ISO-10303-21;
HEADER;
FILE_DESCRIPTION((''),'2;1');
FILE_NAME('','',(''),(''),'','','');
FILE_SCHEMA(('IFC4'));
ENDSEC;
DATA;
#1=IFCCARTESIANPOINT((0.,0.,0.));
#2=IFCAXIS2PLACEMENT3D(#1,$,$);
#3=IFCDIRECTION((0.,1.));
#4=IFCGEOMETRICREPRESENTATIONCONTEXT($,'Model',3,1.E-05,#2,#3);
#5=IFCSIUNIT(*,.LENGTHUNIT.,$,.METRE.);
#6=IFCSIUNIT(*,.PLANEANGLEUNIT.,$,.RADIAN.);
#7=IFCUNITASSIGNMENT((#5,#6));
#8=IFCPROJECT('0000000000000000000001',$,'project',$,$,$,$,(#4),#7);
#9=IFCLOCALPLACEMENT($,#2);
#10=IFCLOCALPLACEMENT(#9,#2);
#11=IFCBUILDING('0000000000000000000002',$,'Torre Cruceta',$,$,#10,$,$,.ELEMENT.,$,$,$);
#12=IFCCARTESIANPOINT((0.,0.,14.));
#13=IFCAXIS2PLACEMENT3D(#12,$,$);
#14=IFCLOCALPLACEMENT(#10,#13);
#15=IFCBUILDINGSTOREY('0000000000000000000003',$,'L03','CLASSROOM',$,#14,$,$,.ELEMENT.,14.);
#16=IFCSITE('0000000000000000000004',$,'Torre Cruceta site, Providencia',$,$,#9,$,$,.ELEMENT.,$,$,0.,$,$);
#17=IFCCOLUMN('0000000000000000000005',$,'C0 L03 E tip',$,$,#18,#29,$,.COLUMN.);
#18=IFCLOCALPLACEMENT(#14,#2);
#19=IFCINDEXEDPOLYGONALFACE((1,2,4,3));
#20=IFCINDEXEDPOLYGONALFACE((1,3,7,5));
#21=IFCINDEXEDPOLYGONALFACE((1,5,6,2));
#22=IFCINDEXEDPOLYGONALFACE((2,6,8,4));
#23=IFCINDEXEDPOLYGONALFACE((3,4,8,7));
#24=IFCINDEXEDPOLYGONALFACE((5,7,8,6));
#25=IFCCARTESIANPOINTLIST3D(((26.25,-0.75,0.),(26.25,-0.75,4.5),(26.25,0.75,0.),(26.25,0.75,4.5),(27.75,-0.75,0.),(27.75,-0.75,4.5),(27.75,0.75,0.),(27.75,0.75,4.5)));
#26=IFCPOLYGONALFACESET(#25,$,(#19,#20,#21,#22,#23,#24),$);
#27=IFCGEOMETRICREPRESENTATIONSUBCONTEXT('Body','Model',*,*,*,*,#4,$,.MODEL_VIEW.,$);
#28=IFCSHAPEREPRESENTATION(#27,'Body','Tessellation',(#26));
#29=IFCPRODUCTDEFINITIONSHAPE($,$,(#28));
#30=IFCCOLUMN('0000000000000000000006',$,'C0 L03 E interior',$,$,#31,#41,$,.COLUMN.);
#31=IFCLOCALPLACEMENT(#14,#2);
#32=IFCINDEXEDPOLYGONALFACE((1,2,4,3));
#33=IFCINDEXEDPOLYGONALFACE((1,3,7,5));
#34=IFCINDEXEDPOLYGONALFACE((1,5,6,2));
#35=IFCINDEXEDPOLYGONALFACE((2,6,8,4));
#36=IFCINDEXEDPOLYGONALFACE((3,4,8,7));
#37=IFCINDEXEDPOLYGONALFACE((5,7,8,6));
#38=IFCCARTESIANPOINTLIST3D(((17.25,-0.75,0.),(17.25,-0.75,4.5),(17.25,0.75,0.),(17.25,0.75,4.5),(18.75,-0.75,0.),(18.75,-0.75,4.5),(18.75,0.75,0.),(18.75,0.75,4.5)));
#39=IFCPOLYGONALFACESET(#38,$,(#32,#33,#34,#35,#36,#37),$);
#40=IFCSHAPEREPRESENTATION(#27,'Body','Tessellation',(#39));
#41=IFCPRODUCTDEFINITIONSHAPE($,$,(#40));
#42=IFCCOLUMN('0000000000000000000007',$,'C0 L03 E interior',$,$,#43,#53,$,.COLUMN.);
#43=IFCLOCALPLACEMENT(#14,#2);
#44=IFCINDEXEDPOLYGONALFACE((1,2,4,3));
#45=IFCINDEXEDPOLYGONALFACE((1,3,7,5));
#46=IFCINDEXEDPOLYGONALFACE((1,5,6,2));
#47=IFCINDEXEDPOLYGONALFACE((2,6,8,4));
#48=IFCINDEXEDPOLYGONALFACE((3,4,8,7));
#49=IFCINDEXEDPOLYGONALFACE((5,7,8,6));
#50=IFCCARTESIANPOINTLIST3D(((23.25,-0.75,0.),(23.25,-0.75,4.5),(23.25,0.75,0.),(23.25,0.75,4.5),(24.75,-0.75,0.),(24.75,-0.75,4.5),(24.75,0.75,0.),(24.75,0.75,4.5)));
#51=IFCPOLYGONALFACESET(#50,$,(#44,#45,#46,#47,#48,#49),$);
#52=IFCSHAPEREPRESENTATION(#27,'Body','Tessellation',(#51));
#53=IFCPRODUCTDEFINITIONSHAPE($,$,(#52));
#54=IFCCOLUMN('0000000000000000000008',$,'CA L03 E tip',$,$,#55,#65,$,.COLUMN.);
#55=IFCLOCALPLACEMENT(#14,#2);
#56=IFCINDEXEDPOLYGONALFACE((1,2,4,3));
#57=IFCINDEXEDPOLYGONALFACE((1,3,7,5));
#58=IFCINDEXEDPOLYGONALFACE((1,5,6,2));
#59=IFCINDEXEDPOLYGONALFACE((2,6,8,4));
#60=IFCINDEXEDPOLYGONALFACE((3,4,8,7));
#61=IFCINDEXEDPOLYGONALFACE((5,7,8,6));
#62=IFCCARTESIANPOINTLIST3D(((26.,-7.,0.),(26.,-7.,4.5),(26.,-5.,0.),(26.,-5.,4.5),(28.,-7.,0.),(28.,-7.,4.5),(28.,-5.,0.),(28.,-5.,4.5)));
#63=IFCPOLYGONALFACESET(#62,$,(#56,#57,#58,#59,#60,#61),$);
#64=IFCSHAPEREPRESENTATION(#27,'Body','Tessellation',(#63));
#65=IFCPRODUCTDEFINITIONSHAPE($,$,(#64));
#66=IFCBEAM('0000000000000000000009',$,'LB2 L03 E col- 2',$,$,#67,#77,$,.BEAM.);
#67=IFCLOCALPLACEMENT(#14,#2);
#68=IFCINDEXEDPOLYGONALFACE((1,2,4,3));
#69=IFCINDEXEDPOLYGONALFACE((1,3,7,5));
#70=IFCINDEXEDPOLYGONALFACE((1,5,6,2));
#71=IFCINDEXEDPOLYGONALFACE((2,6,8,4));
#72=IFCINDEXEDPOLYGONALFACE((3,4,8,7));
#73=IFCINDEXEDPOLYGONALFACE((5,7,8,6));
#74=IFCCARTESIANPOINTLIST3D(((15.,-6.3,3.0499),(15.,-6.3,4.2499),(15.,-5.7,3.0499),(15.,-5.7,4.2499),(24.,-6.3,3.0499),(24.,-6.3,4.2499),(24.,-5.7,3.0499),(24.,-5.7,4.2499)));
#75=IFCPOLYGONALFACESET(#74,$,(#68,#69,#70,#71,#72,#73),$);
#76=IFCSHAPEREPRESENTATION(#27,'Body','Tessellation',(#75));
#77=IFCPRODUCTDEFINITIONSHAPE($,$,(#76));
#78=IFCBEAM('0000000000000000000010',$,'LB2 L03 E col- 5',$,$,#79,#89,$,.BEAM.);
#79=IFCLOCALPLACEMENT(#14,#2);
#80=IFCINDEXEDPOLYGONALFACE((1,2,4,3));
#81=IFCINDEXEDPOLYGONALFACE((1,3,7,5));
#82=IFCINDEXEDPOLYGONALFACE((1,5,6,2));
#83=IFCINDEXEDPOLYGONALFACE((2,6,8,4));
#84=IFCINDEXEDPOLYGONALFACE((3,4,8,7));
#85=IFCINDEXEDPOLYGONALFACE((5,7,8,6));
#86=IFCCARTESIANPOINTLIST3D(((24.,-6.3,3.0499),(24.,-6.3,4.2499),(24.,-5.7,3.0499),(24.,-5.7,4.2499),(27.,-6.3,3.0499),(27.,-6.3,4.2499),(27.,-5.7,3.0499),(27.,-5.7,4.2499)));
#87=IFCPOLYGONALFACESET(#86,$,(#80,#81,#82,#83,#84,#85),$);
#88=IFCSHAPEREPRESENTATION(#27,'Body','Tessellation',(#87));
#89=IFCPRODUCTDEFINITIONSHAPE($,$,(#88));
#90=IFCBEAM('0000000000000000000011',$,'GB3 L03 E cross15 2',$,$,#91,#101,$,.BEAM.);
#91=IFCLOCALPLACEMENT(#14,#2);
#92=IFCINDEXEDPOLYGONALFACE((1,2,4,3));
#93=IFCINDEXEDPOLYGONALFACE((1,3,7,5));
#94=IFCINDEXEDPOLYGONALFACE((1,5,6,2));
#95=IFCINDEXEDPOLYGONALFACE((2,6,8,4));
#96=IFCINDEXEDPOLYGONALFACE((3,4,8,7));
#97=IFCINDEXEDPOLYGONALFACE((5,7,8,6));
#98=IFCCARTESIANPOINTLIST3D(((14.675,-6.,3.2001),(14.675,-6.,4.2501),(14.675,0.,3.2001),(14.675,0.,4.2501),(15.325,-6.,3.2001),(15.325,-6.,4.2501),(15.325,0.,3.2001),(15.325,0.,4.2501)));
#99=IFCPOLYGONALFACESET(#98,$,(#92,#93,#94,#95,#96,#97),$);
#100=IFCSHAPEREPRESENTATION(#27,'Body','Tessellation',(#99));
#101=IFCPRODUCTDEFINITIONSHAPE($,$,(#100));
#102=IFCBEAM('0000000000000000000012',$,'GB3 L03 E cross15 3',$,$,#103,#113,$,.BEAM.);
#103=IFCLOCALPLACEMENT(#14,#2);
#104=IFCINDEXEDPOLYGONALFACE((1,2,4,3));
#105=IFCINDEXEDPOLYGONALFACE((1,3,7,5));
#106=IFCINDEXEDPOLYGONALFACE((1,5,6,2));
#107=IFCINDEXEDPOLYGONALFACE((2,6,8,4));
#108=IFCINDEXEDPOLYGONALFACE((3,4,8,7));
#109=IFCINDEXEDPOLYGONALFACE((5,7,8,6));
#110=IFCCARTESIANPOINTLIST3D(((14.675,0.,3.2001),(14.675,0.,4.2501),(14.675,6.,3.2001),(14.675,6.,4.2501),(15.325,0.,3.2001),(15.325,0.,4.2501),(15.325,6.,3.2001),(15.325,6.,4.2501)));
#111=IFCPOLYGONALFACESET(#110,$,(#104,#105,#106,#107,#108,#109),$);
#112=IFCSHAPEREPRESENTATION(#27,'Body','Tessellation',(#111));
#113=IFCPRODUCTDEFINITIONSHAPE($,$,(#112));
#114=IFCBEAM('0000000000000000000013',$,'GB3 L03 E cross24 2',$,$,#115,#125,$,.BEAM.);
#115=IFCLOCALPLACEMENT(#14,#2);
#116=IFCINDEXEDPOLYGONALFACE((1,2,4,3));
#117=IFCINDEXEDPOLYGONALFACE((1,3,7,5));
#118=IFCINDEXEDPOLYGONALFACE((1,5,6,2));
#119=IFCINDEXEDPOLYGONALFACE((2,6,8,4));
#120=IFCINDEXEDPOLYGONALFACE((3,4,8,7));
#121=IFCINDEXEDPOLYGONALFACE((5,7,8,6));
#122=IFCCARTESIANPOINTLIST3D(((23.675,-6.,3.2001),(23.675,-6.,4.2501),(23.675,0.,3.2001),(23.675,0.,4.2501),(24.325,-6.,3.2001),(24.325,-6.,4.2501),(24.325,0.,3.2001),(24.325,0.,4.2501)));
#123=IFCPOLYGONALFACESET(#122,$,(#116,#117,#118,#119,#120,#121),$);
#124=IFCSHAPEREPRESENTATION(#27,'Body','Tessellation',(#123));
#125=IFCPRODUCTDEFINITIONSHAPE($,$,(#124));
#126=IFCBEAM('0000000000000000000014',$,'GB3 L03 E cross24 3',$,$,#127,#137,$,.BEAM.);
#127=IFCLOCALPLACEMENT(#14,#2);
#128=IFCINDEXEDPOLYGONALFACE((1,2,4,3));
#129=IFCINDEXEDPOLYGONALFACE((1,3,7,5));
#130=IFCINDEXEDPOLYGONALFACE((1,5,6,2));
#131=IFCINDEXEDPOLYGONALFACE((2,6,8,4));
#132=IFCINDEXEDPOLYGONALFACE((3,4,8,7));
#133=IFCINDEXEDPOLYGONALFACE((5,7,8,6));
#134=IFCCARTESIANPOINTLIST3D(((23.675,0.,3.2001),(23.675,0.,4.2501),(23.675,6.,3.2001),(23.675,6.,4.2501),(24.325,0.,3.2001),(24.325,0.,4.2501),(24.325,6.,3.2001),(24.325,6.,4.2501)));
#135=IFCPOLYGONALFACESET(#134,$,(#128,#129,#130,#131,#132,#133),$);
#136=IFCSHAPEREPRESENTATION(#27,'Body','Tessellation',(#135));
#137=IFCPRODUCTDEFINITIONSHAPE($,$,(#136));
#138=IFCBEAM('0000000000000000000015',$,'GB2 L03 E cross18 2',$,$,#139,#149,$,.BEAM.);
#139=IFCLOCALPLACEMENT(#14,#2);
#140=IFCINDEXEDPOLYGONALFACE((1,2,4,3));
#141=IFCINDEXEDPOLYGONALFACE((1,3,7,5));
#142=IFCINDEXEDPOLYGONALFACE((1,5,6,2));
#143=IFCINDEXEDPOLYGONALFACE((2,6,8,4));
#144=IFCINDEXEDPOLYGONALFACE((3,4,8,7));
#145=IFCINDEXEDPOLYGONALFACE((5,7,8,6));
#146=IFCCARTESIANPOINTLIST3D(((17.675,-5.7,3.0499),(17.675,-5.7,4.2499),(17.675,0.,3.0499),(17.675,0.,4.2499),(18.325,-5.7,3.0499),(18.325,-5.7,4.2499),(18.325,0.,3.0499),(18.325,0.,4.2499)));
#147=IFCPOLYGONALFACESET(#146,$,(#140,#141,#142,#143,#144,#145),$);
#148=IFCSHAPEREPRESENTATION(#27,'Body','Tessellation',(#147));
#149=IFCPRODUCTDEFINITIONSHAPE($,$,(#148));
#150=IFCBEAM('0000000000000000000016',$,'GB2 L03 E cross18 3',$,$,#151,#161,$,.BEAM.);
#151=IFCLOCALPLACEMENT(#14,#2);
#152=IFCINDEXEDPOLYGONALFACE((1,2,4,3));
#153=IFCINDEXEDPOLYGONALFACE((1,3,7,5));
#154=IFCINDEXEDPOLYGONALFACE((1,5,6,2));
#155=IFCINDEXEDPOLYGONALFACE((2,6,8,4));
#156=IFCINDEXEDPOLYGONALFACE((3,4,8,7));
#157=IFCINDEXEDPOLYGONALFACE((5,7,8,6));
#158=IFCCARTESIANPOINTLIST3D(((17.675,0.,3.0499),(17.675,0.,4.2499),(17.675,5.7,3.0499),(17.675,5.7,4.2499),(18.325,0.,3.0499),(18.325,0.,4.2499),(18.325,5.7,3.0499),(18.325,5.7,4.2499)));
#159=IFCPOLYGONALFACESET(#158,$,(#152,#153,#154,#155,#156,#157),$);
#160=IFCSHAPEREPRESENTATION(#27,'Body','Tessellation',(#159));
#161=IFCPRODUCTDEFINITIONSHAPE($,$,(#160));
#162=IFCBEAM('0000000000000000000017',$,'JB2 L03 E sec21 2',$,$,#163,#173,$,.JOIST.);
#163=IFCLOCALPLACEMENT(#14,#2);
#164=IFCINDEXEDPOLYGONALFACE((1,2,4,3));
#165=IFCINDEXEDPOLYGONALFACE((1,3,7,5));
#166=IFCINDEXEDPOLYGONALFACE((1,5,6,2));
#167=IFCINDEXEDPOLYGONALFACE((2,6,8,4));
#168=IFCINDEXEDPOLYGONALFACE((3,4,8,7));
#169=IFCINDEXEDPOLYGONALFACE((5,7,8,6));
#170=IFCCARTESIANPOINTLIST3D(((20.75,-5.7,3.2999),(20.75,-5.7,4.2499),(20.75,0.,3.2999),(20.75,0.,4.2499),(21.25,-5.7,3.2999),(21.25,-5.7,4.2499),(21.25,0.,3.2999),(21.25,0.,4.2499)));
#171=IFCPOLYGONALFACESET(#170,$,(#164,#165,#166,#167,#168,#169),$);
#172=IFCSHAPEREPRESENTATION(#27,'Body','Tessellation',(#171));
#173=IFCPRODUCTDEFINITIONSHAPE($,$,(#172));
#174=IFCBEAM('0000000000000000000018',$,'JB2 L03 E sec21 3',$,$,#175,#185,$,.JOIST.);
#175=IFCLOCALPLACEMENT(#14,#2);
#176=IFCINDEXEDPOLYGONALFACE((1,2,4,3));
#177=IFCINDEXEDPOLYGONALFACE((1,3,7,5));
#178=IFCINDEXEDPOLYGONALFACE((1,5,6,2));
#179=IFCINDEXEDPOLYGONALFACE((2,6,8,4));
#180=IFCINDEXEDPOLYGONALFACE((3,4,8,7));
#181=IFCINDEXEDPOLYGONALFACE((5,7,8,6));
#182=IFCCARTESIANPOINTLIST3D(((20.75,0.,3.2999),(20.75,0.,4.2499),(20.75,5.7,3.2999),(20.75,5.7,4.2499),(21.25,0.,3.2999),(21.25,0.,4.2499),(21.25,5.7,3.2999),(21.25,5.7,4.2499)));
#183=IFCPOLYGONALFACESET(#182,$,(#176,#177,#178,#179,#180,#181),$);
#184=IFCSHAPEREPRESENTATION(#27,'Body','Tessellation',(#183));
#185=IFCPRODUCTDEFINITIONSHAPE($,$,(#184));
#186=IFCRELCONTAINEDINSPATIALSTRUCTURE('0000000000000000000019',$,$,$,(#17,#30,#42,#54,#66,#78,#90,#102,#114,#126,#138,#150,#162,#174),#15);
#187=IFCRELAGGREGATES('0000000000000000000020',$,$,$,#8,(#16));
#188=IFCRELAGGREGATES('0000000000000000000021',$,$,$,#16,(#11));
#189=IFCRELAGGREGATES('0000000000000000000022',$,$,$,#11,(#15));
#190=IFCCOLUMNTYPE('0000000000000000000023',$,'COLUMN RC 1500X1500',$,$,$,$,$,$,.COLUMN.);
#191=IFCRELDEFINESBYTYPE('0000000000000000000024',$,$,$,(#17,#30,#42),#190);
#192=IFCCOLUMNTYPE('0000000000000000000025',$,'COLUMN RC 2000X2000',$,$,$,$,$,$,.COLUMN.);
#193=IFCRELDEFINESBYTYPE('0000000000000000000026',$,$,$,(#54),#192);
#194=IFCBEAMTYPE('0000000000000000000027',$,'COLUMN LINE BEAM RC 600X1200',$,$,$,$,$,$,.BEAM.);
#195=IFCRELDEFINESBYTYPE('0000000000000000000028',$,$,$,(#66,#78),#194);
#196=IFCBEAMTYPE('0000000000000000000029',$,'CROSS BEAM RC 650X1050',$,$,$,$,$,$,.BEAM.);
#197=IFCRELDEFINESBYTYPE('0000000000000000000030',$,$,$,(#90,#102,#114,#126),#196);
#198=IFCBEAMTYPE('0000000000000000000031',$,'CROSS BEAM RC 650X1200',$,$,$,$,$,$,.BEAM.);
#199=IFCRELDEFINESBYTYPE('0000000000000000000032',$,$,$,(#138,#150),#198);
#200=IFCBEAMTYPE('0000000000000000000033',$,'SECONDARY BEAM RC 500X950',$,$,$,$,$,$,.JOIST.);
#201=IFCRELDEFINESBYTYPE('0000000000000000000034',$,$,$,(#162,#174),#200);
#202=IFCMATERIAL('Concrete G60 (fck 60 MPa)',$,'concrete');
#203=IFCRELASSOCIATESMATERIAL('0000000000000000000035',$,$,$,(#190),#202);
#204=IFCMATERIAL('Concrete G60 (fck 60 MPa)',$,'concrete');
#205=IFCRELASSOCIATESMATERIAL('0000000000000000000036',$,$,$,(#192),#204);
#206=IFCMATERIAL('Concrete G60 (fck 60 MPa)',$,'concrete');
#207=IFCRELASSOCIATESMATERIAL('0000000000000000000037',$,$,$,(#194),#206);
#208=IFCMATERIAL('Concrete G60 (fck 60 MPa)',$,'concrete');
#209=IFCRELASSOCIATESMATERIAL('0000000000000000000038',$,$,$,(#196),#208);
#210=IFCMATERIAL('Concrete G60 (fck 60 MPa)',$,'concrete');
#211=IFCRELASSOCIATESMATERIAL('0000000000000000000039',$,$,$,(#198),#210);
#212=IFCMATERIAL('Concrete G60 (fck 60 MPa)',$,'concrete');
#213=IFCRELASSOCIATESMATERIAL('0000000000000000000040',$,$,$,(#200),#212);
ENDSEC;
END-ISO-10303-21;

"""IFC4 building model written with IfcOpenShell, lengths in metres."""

from ifc_helpers import new_model, si_unit, direction, frame, origin, origin_2d, place, context, subcontext, project, spatial, rectangle, extrude, material, material_profile, profile_set, type_object, element, save


model = new_model("IFC4")

# Units and contexts
model_context = context("Model", 3, precision=1e-05, world=origin(), true_north=direction((0.0, 1.0)))
body_context = subcontext(model_context, "Body", "Model", "MODEL_VIEW")
ifc_project = project(units=[si_unit("LENGTHUNIT", "METRE"), si_unit("PLANEANGLEUNIT", "RADIAN")], contexts=[model_context])

# Site, building, storey
site_placement = place(None, origin())
site = spatial("IfcSite", under=ifc_project, at=site_placement, Name="Torre Cruceta site, Providencia", CompositionType="ELEMENT", RefElevation=0.0)
building_placement = place(site_placement, origin())
building = spatial("IfcBuilding", under=site, at=building_placement, Name="Torre Cruceta", CompositionType="ELEMENT")
storey_placement = place(building_placement, frame((0.0, 0.0, 14.0)))
storey = spatial("IfcBuildingStorey", under=building, at=storey_placement, Name="L03", Description="CLASSROOM", CompositionType="ELEMENT", Elevation=14.0)

# Columns
ifc_material_1 = material(Name="Concrete G60 (fck 60 MPa)", Category="concrete")
ifc_material_profile_1 = material_profile(ifc_material_1, rectangle(XDim=1.5, YDim=1.5, at=origin_2d()), Name="RC 1500X1500")
ifc_profile_set_1 = profile_set([ifc_material_profile_1], Name="Concrete G60 (fck 60 MPa)")
column_type_1 = type_object("IfcColumnType", Name="COLUMN RC 1500X1500", PredefinedType="COLUMN", material=ifc_profile_set_1)
for number, where, z_axis, x_axis, name in (
    (1, (27.0, 0.0, 0.0), (0.0, 0.0, 1.0), (1.0, 0.0, 0.0), "C0 L03 E tip"),
    (2, (18.0, 0.0, 0.0), (0.0, 0.0, 1.0), (1.0, 0.0, 0.0), "C0 L03 E interior"),
    (3, (24.0, 0.0, 0.0), (0.0, 0.0, 1.0), (1.0, 0.0, 0.0), "C0 L03 E interior"),
):
    element("IfcColumn", number, at=place(storey_placement, frame(where, z_axis=z_axis, x_axis=x_axis)), inside=storey, type_object=column_type_1, Name=name, PredefinedType="COLUMN", context=body_context, shape_type="SweptSolid", body=[
        extrude(rectangle(XDim=1.5, YDim=1.5, at=origin_2d()), origin(), (0.0, 0.0, 1.0), 4.5),
    ])
ifc_material_2 = material(Name="Concrete G60 (fck 60 MPa)", Category="concrete")
ifc_material_profile_2 = material_profile(ifc_material_2, rectangle(XDim=2.0, YDim=2.0, at=origin_2d()), Name="RC 2000X2000")
ifc_profile_set_2 = profile_set([ifc_material_profile_2], Name="Concrete G60 (fck 60 MPa)")
column_type_2 = type_object("IfcColumnType", Name="COLUMN RC 2000X2000", PredefinedType="COLUMN", material=ifc_profile_set_2)
column_placement = place(storey_placement, frame((27.0, -6.0, 0.0), z_axis=(0.0, 0.0, 1.0), x_axis=(1.0, 0.0, 0.0)))
element("IfcColumn", 4, at=column_placement, inside=storey, type_object=column_type_2, Name="CA L03 E tip", PredefinedType="COLUMN", context=body_context, shape_type="SweptSolid", body=[
    extrude(rectangle(XDim=2.0, YDim=2.0, at=origin_2d()), origin(), (0.0, 0.0, 1.0), 4.5),
])

# Beams
ifc_material_3 = material(Name="Concrete G60 (fck 60 MPa)", Category="concrete")
ifc_material_profile_3 = material_profile(ifc_material_3, rectangle(XDim=0.6001, YDim=1.2, at=origin_2d()), Name="RC 600X1200")
ifc_profile_set_3 = profile_set([ifc_material_profile_3], Name="Concrete G60 (fck 60 MPa)")
beam_type_1 = type_object("IfcBeamType", Name="COLUMN LINE BEAM RC 600X1200", PredefinedType="BEAM", material=ifc_profile_set_3)
beam_1_placement = place(storey_placement, frame((15.0, -6.0, 3.6499), z_axis=(1.0, 0.0, 0.0), x_axis=(0.0, 1.0, 0.0)))
element("IfcBeam", 5, at=beam_1_placement, inside=storey, type_object=beam_type_1, Name="LB2 L03 E col- 2", PredefinedType="BEAM", context=body_context, shape_type="SweptSolid", body=[
    extrude(rectangle(XDim=0.6001, YDim=1.2, at=origin_2d()), origin(), (0.0, 0.0, 1.0), 9.0),
])
beam_2_placement = place(storey_placement, frame((24.0, -6.0, 3.6499), z_axis=(1.0, 0.0, 0.0), x_axis=(0.0, 1.0, 0.0)))
element("IfcBeam", 6, at=beam_2_placement, inside=storey, type_object=beam_type_1, Name="LB2 L03 E col- 5", PredefinedType="BEAM", context=body_context, shape_type="SweptSolid", body=[
    extrude(rectangle(XDim=0.6001, YDim=1.2, at=origin_2d()), origin(), (0.0, 0.0, 1.0), 3.0),
])
ifc_material_4 = material(Name="Concrete G60 (fck 60 MPa)", Category="concrete")
ifc_material_profile_4 = material_profile(ifc_material_4, rectangle(XDim=0.6499, YDim=1.05, at=origin_2d()), Name="RC 650X1050")
ifc_profile_set_4 = profile_set([ifc_material_profile_4], Name="Concrete G60 (fck 60 MPa)")
beam_type_2 = type_object("IfcBeamType", Name="CROSS BEAM RC 650X1050", PredefinedType="BEAM", material=ifc_profile_set_4)
for number, where, z_axis, x_axis, name in (
    (7, (15.0, -6.0, 3.7251), (0.0, 1.0, 0.0), (-1.0, 0.0, 0.0), "GB3 L03 E cross15 2"),
    (8, (15.0, 0.0, 3.7251), (0.0, 1.0, 0.0), (-1.0, 0.0, 0.0), "GB3 L03 E cross15 3"),
    (9, (24.0, -6.0, 3.7251), (0.0, 1.0, 0.0), (-1.0, 0.0, 0.0), "GB3 L03 E cross24 2"),
    (10, (24.0, 0.0, 3.7251), (0.0, 1.0, 0.0), (-1.0, 0.0, 0.0), "GB3 L03 E cross24 3"),
):
    element("IfcBeam", number, at=place(storey_placement, frame(where, z_axis=z_axis, x_axis=x_axis)), inside=storey, type_object=beam_type_2, Name=name, PredefinedType="BEAM", context=body_context, shape_type="SweptSolid", body=[
        extrude(rectangle(XDim=0.6499, YDim=1.05, at=origin_2d()), origin(), (0.0, 0.0, 1.0), 6.0),
    ])
ifc_material_5 = material(Name="Concrete G60 (fck 60 MPa)", Category="concrete")
ifc_material_profile_5 = material_profile(ifc_material_5, rectangle(XDim=0.6499, YDim=1.2, at=origin_2d()), Name="RC 650X1200")
ifc_profile_set_5 = profile_set([ifc_material_profile_5], Name="Concrete G60 (fck 60 MPa)")
beam_type_3 = type_object("IfcBeamType", Name="CROSS BEAM RC 650X1200", PredefinedType="BEAM", material=ifc_profile_set_5)
for number, where, z_axis, x_axis, name in (
    (11, (18.0, -5.7, 3.6499), (0.0, 1.0, 0.0), (-1.0, 0.0, 0.0), "GB2 L03 E cross18 2"),
    (12, (18.0, 0.0, 3.6499), (0.0, 1.0, 0.0), (-1.0, 0.0, 0.0), "GB2 L03 E cross18 3"),
):
    element("IfcBeam", number, at=place(storey_placement, frame(where, z_axis=z_axis, x_axis=x_axis)), inside=storey, type_object=beam_type_3, Name=name, PredefinedType="BEAM", context=body_context, shape_type="SweptSolid", body=[
        extrude(rectangle(XDim=0.6499, YDim=1.2, at=origin_2d()), origin(), (0.0, 0.0, 1.0), 5.7),
    ])
ifc_material_6 = material(Name="Concrete G60 (fck 60 MPa)", Category="concrete")
ifc_material_profile_6 = material_profile(ifc_material_6, rectangle(XDim=0.5, YDim=0.95, at=origin_2d()), Name="RC 500X950")
ifc_profile_set_6 = profile_set([ifc_material_profile_6], Name="Concrete G60 (fck 60 MPa)")
beam_type_4 = type_object("IfcBeamType", Name="SECONDARY BEAM RC 500X950", PredefinedType="JOIST", material=ifc_profile_set_6)
for number, where, z_axis, x_axis, name in (
    (13, (21.0, -5.7, 3.7749), (0.0, 1.0, 0.0), (-1.0, 0.0, 0.0), "JB2 L03 E sec21 2"),
    (14, (21.0, 0.0, 3.7749), (0.0, 1.0, 0.0), (-1.0, 0.0, 0.0), "JB2 L03 E sec21 3"),
):
    element("IfcBeam", number, at=place(storey_placement, frame(where, z_axis=z_axis, x_axis=x_axis)), inside=storey, type_object=beam_type_4, Name=name, PredefinedType="JOIST", context=body_context, shape_type="SweptSolid", body=[
        extrude(rectangle(XDim=0.5, YDim=0.95, at=origin_2d()), origin(), (0.0, 0.0, 1.0), 5.7),
    ])

save(model, "model.ifc")
